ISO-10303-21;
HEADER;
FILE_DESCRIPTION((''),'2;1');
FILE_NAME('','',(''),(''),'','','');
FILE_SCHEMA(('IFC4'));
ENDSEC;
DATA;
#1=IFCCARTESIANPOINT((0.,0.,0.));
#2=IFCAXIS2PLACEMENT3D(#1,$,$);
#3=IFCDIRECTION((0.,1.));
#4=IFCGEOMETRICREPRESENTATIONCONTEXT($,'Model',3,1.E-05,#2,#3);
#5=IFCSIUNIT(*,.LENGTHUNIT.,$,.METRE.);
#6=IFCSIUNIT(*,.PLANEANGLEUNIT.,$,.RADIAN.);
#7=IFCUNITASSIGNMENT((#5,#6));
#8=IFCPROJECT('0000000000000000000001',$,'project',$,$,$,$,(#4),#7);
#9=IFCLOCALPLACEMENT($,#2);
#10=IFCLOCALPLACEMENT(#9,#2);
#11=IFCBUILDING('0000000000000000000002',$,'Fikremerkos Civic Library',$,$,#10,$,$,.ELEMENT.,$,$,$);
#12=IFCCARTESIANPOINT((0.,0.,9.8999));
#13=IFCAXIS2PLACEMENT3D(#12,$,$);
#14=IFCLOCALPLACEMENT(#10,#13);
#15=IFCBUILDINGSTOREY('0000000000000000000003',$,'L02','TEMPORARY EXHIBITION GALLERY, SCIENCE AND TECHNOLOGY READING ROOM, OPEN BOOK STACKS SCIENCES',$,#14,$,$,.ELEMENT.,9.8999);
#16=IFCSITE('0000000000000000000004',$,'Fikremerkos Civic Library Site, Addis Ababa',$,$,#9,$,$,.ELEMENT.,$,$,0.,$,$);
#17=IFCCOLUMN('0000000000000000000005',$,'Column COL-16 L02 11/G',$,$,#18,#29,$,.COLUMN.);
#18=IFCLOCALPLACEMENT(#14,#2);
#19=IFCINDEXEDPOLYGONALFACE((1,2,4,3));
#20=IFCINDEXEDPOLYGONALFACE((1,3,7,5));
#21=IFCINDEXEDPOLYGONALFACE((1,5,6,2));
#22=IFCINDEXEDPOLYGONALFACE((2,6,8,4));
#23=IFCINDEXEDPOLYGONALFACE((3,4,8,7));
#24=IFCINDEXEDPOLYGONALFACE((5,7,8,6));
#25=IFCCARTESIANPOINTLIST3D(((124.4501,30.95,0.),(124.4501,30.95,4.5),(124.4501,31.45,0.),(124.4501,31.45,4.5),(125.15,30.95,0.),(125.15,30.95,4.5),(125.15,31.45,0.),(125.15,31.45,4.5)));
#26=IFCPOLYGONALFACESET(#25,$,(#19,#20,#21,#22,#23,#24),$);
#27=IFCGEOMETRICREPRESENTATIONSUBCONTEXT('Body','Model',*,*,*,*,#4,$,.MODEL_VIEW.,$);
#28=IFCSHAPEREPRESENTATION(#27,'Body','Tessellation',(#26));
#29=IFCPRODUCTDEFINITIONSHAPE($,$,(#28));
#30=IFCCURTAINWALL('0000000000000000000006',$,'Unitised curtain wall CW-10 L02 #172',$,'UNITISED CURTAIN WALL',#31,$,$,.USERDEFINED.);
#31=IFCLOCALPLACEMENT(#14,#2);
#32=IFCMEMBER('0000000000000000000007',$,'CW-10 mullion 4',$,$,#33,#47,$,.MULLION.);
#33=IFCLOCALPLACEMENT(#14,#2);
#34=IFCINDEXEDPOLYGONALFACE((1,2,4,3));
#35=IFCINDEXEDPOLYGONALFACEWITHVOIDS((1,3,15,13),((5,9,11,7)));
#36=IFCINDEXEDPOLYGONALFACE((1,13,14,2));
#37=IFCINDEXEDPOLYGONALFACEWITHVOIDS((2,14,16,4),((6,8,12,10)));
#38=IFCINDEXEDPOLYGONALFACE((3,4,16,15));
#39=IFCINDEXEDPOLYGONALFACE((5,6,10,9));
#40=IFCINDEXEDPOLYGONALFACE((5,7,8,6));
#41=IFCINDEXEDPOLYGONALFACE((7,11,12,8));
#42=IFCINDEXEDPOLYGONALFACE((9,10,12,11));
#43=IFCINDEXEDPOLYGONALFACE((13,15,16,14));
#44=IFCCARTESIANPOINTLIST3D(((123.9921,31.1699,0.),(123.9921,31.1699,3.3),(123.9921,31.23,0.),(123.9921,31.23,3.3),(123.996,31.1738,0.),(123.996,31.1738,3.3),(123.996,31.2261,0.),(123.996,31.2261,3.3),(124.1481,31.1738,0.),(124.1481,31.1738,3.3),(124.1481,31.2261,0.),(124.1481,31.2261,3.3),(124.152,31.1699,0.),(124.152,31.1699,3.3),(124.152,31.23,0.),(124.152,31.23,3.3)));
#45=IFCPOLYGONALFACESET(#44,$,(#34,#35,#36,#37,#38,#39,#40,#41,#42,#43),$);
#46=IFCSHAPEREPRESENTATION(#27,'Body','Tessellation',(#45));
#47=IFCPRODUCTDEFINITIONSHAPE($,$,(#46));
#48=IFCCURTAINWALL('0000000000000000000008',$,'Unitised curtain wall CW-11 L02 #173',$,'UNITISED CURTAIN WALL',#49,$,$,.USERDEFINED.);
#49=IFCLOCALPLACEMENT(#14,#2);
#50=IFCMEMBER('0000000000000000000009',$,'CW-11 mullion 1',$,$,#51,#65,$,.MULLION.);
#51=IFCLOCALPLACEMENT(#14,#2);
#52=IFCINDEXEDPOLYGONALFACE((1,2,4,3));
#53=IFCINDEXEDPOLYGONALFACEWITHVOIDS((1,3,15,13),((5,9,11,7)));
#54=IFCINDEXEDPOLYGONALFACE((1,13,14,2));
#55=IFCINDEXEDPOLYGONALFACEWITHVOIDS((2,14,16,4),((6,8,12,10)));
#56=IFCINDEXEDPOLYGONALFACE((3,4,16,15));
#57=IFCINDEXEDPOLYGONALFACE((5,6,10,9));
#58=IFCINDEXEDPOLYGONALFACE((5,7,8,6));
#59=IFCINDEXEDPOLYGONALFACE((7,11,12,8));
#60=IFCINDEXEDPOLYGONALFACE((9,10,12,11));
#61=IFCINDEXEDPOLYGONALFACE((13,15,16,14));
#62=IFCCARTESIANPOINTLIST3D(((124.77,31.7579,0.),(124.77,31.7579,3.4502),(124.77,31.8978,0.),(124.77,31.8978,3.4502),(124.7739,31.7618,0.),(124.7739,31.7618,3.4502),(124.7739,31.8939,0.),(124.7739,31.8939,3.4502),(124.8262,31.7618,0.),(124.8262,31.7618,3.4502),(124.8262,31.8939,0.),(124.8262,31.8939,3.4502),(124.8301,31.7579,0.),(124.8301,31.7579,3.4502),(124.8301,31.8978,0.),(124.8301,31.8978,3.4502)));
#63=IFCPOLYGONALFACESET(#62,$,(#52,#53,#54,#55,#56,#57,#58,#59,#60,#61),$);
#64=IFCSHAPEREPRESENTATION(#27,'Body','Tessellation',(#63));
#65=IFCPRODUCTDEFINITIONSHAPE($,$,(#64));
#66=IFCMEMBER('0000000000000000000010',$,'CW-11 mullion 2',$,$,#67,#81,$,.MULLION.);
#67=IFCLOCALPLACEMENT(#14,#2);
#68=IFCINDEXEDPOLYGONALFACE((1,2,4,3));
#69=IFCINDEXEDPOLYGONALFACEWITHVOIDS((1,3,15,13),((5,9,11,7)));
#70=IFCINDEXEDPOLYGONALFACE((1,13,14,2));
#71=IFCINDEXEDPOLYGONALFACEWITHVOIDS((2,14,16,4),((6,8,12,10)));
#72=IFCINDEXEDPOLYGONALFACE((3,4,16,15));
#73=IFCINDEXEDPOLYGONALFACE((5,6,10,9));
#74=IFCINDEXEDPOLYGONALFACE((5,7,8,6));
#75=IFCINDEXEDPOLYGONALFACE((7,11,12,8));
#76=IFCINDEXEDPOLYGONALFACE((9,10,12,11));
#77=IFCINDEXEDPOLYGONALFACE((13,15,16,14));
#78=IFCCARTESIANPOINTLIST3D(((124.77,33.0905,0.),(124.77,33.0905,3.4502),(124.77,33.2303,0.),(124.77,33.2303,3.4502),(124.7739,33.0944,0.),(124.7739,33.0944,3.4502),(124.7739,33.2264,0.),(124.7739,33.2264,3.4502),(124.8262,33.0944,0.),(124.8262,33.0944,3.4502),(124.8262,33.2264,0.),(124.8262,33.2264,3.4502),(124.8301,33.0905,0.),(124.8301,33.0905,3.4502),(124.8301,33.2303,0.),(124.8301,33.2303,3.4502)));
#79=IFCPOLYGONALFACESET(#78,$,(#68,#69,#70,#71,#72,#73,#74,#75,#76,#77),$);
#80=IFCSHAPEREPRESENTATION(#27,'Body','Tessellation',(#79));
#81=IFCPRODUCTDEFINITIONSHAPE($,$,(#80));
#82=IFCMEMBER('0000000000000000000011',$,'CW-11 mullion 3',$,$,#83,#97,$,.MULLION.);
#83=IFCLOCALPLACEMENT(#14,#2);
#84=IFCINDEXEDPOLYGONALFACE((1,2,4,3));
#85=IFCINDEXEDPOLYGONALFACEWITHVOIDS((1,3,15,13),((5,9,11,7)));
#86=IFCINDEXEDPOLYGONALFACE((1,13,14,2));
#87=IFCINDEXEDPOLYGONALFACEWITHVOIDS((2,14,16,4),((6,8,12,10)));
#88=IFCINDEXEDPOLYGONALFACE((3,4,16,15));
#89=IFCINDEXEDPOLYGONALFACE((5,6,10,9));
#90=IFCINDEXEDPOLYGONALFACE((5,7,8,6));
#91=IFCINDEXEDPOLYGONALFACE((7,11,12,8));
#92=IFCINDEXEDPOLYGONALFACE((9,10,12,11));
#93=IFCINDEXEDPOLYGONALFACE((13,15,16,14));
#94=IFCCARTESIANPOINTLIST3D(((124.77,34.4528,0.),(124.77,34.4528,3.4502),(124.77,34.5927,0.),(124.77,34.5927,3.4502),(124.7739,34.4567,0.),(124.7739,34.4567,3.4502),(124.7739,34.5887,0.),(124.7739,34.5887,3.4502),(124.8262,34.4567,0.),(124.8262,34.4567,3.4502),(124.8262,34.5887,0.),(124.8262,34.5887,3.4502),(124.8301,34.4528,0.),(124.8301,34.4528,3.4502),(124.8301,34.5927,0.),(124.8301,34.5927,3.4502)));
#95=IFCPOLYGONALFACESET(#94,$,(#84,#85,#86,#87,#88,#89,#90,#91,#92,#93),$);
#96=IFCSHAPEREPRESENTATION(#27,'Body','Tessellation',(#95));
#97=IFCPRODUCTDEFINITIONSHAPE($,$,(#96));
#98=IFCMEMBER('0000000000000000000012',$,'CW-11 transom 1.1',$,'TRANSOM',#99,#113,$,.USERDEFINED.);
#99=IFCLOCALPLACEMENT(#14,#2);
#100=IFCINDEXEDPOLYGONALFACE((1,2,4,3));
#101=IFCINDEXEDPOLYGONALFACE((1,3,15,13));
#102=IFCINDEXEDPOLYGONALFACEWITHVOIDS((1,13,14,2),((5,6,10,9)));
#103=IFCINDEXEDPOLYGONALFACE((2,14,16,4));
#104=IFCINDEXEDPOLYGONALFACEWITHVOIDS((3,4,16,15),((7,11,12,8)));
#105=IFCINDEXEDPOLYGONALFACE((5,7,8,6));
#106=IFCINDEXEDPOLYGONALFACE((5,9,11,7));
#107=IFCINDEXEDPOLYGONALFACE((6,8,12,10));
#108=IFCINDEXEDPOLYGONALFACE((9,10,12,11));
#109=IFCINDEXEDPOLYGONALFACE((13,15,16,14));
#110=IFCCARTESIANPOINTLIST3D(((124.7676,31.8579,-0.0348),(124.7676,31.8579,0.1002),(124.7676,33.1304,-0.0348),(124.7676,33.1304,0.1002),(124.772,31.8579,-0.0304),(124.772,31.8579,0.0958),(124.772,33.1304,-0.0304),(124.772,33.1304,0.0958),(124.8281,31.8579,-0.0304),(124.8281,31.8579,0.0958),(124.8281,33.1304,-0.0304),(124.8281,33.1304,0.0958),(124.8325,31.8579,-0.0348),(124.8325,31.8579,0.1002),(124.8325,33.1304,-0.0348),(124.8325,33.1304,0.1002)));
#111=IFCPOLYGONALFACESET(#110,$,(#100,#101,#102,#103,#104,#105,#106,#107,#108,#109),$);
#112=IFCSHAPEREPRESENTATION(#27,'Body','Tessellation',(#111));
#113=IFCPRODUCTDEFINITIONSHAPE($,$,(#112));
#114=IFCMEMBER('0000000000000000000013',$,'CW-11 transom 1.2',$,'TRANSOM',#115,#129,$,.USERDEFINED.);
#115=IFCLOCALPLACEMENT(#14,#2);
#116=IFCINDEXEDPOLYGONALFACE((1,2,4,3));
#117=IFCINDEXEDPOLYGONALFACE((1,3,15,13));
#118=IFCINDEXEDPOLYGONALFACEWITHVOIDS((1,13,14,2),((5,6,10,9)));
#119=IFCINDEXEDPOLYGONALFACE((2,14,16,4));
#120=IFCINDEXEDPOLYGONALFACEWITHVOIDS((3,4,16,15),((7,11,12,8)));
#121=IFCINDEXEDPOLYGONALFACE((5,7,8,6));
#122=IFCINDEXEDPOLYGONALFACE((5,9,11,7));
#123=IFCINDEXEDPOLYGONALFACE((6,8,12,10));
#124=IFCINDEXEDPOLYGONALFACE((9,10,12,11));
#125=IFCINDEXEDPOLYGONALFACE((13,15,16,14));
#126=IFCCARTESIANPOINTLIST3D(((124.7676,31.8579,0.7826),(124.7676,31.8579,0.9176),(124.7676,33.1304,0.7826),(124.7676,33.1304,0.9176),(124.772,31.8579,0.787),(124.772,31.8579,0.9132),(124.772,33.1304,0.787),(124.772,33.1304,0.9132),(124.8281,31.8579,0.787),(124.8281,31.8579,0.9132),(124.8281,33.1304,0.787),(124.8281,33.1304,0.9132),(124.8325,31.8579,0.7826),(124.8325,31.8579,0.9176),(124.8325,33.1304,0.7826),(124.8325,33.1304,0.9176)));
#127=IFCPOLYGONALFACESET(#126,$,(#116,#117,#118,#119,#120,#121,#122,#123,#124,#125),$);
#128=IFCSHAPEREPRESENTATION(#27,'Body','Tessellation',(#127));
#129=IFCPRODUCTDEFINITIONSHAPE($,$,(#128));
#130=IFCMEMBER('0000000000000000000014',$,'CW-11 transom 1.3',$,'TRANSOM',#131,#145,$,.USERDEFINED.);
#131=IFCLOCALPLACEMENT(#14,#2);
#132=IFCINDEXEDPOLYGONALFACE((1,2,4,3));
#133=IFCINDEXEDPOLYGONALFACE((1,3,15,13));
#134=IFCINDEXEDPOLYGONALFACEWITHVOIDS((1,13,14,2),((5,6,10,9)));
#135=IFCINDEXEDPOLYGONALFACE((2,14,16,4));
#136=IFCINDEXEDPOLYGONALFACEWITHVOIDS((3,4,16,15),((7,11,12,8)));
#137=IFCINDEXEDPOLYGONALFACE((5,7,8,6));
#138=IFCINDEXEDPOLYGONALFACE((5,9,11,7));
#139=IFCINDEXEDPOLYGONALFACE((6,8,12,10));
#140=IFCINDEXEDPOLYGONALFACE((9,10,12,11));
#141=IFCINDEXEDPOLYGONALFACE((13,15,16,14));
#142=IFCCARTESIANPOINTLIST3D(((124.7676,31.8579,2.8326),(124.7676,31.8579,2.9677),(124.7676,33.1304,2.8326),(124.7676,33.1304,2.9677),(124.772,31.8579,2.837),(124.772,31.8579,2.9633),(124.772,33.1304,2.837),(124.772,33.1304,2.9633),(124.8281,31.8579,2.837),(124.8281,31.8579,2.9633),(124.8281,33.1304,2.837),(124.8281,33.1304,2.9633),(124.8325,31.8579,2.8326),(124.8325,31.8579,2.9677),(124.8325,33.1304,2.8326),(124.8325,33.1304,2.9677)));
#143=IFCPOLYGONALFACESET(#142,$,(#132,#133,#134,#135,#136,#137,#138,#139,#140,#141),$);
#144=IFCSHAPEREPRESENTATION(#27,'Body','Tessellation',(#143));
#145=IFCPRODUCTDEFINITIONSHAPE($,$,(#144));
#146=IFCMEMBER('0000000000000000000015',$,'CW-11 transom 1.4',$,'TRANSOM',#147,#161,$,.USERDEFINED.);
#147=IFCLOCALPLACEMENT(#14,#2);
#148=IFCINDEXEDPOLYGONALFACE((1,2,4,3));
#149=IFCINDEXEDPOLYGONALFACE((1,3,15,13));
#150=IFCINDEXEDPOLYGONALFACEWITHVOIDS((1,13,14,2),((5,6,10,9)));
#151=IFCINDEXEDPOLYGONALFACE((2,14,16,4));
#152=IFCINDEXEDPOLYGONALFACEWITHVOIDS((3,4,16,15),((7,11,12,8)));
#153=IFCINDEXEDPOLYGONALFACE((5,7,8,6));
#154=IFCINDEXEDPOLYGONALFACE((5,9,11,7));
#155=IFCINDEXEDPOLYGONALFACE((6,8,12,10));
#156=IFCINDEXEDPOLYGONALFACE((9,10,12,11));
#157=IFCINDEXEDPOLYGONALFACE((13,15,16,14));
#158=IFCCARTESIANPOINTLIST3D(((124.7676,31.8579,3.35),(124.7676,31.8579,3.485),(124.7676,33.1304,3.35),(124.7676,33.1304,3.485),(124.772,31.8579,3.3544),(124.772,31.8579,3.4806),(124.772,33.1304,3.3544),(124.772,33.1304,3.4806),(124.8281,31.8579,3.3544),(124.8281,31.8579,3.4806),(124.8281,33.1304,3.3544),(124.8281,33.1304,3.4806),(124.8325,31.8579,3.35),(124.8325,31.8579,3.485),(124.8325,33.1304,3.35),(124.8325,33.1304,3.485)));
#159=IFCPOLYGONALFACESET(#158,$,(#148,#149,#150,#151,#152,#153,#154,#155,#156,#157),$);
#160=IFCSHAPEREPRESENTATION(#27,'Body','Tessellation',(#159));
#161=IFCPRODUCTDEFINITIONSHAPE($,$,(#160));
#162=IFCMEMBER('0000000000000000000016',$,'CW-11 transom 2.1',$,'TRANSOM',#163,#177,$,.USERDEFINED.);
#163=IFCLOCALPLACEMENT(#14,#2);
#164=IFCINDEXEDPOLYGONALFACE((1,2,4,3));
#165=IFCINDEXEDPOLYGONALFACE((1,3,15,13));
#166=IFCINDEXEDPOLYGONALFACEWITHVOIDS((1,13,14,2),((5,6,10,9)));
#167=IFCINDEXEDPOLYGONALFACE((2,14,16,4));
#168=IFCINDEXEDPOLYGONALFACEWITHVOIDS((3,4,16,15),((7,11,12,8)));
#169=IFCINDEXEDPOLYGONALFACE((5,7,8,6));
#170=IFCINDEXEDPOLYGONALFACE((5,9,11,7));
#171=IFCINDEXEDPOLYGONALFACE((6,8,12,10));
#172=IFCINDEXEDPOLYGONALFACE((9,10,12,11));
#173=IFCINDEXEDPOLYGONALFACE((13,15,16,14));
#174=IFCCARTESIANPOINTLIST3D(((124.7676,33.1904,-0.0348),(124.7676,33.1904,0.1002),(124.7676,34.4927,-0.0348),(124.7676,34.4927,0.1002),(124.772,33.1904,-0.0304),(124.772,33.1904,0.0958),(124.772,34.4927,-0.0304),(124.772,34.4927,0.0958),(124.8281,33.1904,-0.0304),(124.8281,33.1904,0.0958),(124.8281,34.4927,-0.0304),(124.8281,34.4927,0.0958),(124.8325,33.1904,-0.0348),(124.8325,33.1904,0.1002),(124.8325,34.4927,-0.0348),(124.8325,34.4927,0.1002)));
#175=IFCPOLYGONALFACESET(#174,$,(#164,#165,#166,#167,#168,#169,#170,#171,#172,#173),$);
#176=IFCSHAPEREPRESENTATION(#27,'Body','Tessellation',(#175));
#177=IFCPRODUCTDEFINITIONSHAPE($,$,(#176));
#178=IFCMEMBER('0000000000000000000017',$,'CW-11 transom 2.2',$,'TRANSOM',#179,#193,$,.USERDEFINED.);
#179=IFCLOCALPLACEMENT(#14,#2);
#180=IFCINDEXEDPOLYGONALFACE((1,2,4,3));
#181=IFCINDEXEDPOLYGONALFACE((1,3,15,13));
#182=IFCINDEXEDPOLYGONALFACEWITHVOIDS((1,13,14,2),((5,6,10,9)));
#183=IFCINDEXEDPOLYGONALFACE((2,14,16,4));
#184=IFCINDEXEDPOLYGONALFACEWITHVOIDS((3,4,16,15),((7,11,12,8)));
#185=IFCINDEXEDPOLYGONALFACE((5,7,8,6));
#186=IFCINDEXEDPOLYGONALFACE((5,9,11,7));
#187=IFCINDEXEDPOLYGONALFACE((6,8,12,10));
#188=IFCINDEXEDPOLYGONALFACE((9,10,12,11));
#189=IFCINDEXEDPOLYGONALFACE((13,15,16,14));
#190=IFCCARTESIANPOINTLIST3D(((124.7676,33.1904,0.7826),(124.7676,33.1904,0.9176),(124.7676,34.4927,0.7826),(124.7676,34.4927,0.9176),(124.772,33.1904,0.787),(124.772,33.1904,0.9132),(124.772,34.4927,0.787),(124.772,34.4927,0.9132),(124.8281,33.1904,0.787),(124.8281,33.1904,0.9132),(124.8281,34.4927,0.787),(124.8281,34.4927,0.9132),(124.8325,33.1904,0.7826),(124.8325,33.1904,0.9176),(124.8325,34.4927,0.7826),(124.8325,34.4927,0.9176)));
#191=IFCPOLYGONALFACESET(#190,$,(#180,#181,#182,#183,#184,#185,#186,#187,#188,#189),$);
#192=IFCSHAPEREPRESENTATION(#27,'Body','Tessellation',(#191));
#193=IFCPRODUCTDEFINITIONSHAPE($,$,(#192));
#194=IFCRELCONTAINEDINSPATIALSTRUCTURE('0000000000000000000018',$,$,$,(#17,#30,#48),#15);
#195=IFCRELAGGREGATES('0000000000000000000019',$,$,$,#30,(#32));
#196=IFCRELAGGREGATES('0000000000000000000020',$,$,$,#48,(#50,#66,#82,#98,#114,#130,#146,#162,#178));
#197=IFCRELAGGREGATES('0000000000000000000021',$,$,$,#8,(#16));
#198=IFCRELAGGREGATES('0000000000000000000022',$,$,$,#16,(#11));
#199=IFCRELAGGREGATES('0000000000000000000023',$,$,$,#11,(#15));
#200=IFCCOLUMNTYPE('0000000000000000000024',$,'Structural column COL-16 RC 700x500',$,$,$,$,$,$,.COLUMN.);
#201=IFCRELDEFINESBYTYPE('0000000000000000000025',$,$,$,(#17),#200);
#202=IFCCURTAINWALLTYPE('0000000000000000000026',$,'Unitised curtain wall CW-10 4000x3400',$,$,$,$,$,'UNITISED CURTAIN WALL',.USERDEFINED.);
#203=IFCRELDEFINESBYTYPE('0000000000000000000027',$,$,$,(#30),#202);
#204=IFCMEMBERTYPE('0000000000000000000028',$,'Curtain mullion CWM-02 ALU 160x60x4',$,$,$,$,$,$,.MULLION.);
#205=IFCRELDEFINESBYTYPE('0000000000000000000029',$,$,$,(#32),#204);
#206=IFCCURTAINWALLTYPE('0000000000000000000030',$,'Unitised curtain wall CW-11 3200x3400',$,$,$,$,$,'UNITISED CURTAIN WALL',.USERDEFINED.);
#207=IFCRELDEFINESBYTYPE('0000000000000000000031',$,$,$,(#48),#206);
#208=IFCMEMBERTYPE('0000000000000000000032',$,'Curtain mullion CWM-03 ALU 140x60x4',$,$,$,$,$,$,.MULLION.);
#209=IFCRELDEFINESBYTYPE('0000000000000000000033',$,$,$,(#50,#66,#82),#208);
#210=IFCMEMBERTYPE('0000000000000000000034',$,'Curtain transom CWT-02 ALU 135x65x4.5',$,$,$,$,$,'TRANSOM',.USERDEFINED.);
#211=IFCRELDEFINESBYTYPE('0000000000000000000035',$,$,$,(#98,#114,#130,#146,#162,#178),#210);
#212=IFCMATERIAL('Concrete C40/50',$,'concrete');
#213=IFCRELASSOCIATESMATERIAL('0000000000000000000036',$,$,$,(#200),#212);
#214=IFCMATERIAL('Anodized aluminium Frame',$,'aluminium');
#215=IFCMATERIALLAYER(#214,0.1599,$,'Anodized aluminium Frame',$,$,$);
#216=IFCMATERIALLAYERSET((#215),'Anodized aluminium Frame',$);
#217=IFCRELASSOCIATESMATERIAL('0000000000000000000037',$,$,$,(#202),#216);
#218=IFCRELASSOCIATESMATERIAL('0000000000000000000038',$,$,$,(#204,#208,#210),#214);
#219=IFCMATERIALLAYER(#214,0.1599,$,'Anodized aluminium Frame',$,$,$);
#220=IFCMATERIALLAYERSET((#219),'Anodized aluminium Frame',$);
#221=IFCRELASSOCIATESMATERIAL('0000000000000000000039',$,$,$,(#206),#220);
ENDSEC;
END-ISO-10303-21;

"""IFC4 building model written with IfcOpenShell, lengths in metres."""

from ifc_helpers import new_model, si_unit, direction, frame, origin, origin_2d, place, context, subcontext, project, spatial, rectangle, hollow_rectangle, extrude, material, layer, layer_set, material_profile, profile_set, type_object, element, aggregate, save


model = new_model("IFC4")

# Units and contexts
model_context = context("Model", 3, precision=1e-05, world=origin(), true_north=direction((0.0, 1.0)))
body_context = subcontext(model_context, "Body", "Model", "MODEL_VIEW")
ifc_project = project(units=[si_unit("LENGTHUNIT", "METRE"), si_unit("PLANEANGLEUNIT", "RADIAN")], contexts=[model_context])

# Site, building, storey
site_placement = place(None, origin())
site = spatial("IfcSite", under=ifc_project, at=site_placement, Name="Fikremerkos Civic Library Site, Addis Ababa", CompositionType="ELEMENT", RefElevation=0.0)
building_placement = place(site_placement, origin())
building = spatial("IfcBuilding", under=site, at=building_placement, Name="Fikremerkos Civic Library", CompositionType="ELEMENT")
storey_placement = place(building_placement, frame((0.0, 0.0, 9.8999)))
storey = spatial("IfcBuildingStorey", under=building, at=storey_placement, Name="L02", Description="TEMPORARY EXHIBITION GALLERY, SCIENCE AND TECHNOLOGY READING ROOM, OPEN BOOK STACKS SCIENCES", CompositionType="ELEMENT", Elevation=9.8999)

# Column
ifc_material_1 = material(Name="Concrete C40/50", Category="concrete")
ifc_material_profile_1 = material_profile(ifc_material_1, rectangle(XDim=0.7, YDim=0.5, at=origin_2d()), Name="RC 700x500")
ifc_profile_set_1 = profile_set([ifc_material_profile_1], Name="Concrete C40/50")
column_type = type_object("IfcColumnType", Name="Structural column COL-16 RC 700x500", PredefinedType="COLUMN", material=ifc_profile_set_1)
column_placement = place(storey_placement, frame((124.8, 31.2, 0.0), z_axis=(0.0, 0.0, 1.0), x_axis=(1.0, 0.0, 0.0)))
element("IfcColumn", 1, at=column_placement, inside=storey, type_object=column_type, Name="Column COL-16 L02 11/G", PredefinedType="COLUMN", context=body_context, shape_type="SweptSolid", body=[
    extrude(rectangle(XDim=0.7, YDim=0.5, at=origin_2d()), origin(), (0.0, 0.0, 1.0), 4.5),
])

# Curtain wall, member
ifc_material_2 = material(Name="Anodized aluminium Frame", Category="aluminium")
ifc_layer_1 = layer(ifc_material_2, 0.1599, Name="Anodized aluminium Frame")
ifc_layer_set_1 = layer_set([ifc_layer_1], Name="Anodized aluminium Frame")
curtain_wall_type_1 = type_object("IfcCurtainWallType", Name="Unitised curtain wall CW-10 4000x3400", ElementType="UNITISED CURTAIN WALL", PredefinedType="USERDEFINED", material=ifc_layer_set_1)
curtain_wall_1_placement = place(storey_placement, origin())
curtain_wall_1 = element("IfcCurtainWall", 2, at=curtain_wall_1_placement, inside=storey, type_object=curtain_wall_type_1, Name="Unitised curtain wall CW-10 L02 #172", ObjectType="UNITISED CURTAIN WALL", PredefinedType="USERDEFINED")
ifc_material_profile_2 = material_profile(ifc_material_2, hollow_rectangle(XDim=0.0601, YDim=0.1599, WallThickness=0.0039, at=origin_2d()), Name="ALU 160x60x4")
ifc_profile_set_2 = profile_set([ifc_material_profile_2], Name="Anodized aluminium Frame")
member_type_1 = type_object("IfcMemberType", Name="Curtain mullion CWM-02 ALU 160x60x4", PredefinedType="MULLION", material=ifc_profile_set_2)
member_1_placement = place(storey_placement, frame((124.072, 31.2, 0.0), z_axis=(0.0, 0.0, 1.0), x_axis=(0.0, 1.0, 0.0)))
member_1 = element("IfcMember", 3, at=member_1_placement, type_object=member_type_1, Name="CW-10 mullion 4", PredefinedType="MULLION", context=body_context, shape_type="SweptSolid", body=[
    extrude(hollow_rectangle(XDim=0.0601, YDim=0.1599, WallThickness=0.0039, at=origin_2d()), origin(), (0.0, 0.0, 1.0), 3.3),
])

# Curtain wall, members
ifc_layer_2 = layer(ifc_material_2, 0.1599, Name="Anodized aluminium Frame")
ifc_layer_set_2 = layer_set([ifc_layer_2], Name="Anodized aluminium Frame")
curtain_wall_type_2 = type_object("IfcCurtainWallType", Name="Unitised curtain wall CW-11 3200x3400", ElementType="UNITISED CURTAIN WALL", PredefinedType="USERDEFINED", material=ifc_layer_set_2)
curtain_wall_2_placement = place(storey_placement, origin())
curtain_wall_2 = element("IfcCurtainWall", 4, at=curtain_wall_2_placement, inside=storey, type_object=curtain_wall_type_2, Name="Unitised curtain wall CW-11 L02 #173", ObjectType="UNITISED CURTAIN WALL", PredefinedType="USERDEFINED")
ifc_material_profile_3 = material_profile(ifc_material_2, hollow_rectangle(XDim=0.0601, YDim=0.1399, WallThickness=0.0039, at=origin_2d()), Name="ALU 140x60x4")
ifc_profile_set_3 = profile_set([ifc_material_profile_3], Name="Anodized aluminium Frame")
member_type_2 = type_object("IfcMemberType", Name="Curtain mullion CWM-03 ALU 140x60x4", PredefinedType="MULLION", material=ifc_profile_set_3)
member_2_placement = place(storey_placement, frame((124.8, 31.8279, 0.0), z_axis=(0.0, 0.0, 1.0), x_axis=(-1.0, 0.0, 0.0)))
member_2 = element("IfcMember", 5, at=member_2_placement, type_object=member_type_2, Name="CW-11 mullion 1", PredefinedType="MULLION", context=body_context, shape_type="SweptSolid", body=[
    extrude(hollow_rectangle(XDim=0.0601, YDim=0.1399, WallThickness=0.0039, at=origin_2d()), origin(), (0.0, 0.0, 1.0), 3.4502),
])
member_3_placement = place(storey_placement, frame((124.8, 33.1604, 0.0), z_axis=(0.0, 0.0, 1.0), x_axis=(-1.0, 0.0, 0.0)))
member_3 = element("IfcMember", 6, at=member_3_placement, type_object=member_type_2, Name="CW-11 mullion 2", PredefinedType="MULLION", context=body_context, shape_type="SweptSolid", body=[
    extrude(hollow_rectangle(XDim=0.0601, YDim=0.1399, WallThickness=0.0039, at=origin_2d()), origin(), (0.0, 0.0, 1.0), 3.4502),
])
member_4_placement = place(storey_placement, frame((124.8, 34.5227, 0.0), z_axis=(0.0, 0.0, 1.0), x_axis=(-1.0, 0.0, 0.0)))
member_4 = element("IfcMember", 7, at=member_4_placement, type_object=member_type_2, Name="CW-11 mullion 3", PredefinedType="MULLION", context=body_context, shape_type="SweptSolid", body=[
    extrude(hollow_rectangle(XDim=0.0601, YDim=0.1399, WallThickness=0.0039, at=origin_2d()), origin(), (0.0, 0.0, 1.0), 3.4502),
])
ifc_material_profile_4 = material_profile(ifc_material_2, hollow_rectangle(XDim=0.0649, YDim=0.135, WallThickness=0.0044, at=origin_2d()), Name="ALU 135x65x4.5")
ifc_profile_set_4 = profile_set([ifc_material_profile_4], Name="Anodized aluminium Frame")
member_type_3 = type_object("IfcMemberType", Name="Curtain transom CWT-02 ALU 135x65x4.5", ElementType="TRANSOM", PredefinedType="USERDEFINED", material=ifc_profile_set_4)
member_5_placement = place(storey_placement, frame((124.8, 31.8579, 0.0327), z_axis=(0.0, 1.0, 0.0), x_axis=(-1.0, 0.0, 0.0)))
member_5 = element("IfcMember", 8, at=member_5_placement, type_object=member_type_3, Name="CW-11 transom 1.1", ObjectType="TRANSOM", PredefinedType="USERDEFINED", context=body_context, shape_type="SweptSolid", body=[
    extrude(hollow_rectangle(XDim=0.0649, YDim=0.135, WallThickness=0.0044, at=origin_2d()), origin(), (0.0, 0.0, 1.0), 1.2725),
])
member_6_placement = place(storey_placement, frame((124.8, 31.8579, 0.8501), z_axis=(0.0, 1.0, 0.0), x_axis=(-1.0, 0.0, 0.0)))
member_6 = element("IfcMember", 9, at=member_6_placement, type_object=member_type_3, Name="CW-11 transom 1.2", ObjectType="TRANSOM", PredefinedType="USERDEFINED", context=body_context, shape_type="SweptSolid", body=[
    extrude(hollow_rectangle(XDim=0.0649, YDim=0.135, WallThickness=0.0044, at=origin_2d()), origin(), (0.0, 0.0, 1.0), 1.2725),
])
member_7_placement = place(storey_placement, frame((124.8, 31.8579, 2.9001), z_axis=(0.0, 1.0, 0.0), x_axis=(-1.0, 0.0, 0.0)))
member_7 = element("IfcMember", 10, at=member_7_placement, type_object=member_type_3, Name="CW-11 transom 1.3", ObjectType="TRANSOM", PredefinedType="USERDEFINED", context=body_context, shape_type="SweptSolid", body=[
    extrude(hollow_rectangle(XDim=0.0649, YDim=0.135, WallThickness=0.0044, at=origin_2d()), origin(), (0.0, 0.0, 1.0), 1.2725),
])
member_8_placement = place(storey_placement, frame((124.8, 31.8579, 3.4175), z_axis=(0.0, 1.0, 0.0), x_axis=(-1.0, 0.0, 0.0)))
member_8 = element("IfcMember", 11, at=member_8_placement, type_object=member_type_3, Name="CW-11 transom 1.4", ObjectType="TRANSOM", PredefinedType="USERDEFINED", context=body_context, shape_type="SweptSolid", body=[
    extrude(hollow_rectangle(XDim=0.0649, YDim=0.135, WallThickness=0.0044, at=origin_2d()), origin(), (0.0, 0.0, 1.0), 1.2725),
])
member_9_placement = place(storey_placement, frame((124.8, 33.1904, 0.0327), z_axis=(0.0, 1.0, 0.0), x_axis=(-1.0, 0.0, 0.0)))
member_9 = element("IfcMember", 12, at=member_9_placement, type_object=member_type_3, Name="CW-11 transom 2.1", ObjectType="TRANSOM", PredefinedType="USERDEFINED", context=body_context, shape_type="SweptSolid", body=[
    extrude(hollow_rectangle(XDim=0.0649, YDim=0.135, WallThickness=0.0044, at=origin_2d()), origin(), (0.0, 0.0, 1.0), 1.3022),
])
member_10_placement = place(storey_placement, frame((124.8, 33.1904, 0.8501), z_axis=(0.0, 1.0, 0.0), x_axis=(-1.0, 0.0, 0.0)))
member_10 = element("IfcMember", 13, at=member_10_placement, type_object=member_type_3, Name="CW-11 transom 2.2", ObjectType="TRANSOM", PredefinedType="USERDEFINED", context=body_context, shape_type="SweptSolid", body=[
    extrude(hollow_rectangle(XDim=0.0649, YDim=0.135, WallThickness=0.0044, at=origin_2d()), origin(), (0.0, 0.0, 1.0), 1.3022),
])

aggregate(curtain_wall_1, [member_1])
aggregate(curtain_wall_2, [member_2, member_3, member_4, member_5, member_6, member_7, member_8, member_9, member_10])

save(model, "model.ifc")
